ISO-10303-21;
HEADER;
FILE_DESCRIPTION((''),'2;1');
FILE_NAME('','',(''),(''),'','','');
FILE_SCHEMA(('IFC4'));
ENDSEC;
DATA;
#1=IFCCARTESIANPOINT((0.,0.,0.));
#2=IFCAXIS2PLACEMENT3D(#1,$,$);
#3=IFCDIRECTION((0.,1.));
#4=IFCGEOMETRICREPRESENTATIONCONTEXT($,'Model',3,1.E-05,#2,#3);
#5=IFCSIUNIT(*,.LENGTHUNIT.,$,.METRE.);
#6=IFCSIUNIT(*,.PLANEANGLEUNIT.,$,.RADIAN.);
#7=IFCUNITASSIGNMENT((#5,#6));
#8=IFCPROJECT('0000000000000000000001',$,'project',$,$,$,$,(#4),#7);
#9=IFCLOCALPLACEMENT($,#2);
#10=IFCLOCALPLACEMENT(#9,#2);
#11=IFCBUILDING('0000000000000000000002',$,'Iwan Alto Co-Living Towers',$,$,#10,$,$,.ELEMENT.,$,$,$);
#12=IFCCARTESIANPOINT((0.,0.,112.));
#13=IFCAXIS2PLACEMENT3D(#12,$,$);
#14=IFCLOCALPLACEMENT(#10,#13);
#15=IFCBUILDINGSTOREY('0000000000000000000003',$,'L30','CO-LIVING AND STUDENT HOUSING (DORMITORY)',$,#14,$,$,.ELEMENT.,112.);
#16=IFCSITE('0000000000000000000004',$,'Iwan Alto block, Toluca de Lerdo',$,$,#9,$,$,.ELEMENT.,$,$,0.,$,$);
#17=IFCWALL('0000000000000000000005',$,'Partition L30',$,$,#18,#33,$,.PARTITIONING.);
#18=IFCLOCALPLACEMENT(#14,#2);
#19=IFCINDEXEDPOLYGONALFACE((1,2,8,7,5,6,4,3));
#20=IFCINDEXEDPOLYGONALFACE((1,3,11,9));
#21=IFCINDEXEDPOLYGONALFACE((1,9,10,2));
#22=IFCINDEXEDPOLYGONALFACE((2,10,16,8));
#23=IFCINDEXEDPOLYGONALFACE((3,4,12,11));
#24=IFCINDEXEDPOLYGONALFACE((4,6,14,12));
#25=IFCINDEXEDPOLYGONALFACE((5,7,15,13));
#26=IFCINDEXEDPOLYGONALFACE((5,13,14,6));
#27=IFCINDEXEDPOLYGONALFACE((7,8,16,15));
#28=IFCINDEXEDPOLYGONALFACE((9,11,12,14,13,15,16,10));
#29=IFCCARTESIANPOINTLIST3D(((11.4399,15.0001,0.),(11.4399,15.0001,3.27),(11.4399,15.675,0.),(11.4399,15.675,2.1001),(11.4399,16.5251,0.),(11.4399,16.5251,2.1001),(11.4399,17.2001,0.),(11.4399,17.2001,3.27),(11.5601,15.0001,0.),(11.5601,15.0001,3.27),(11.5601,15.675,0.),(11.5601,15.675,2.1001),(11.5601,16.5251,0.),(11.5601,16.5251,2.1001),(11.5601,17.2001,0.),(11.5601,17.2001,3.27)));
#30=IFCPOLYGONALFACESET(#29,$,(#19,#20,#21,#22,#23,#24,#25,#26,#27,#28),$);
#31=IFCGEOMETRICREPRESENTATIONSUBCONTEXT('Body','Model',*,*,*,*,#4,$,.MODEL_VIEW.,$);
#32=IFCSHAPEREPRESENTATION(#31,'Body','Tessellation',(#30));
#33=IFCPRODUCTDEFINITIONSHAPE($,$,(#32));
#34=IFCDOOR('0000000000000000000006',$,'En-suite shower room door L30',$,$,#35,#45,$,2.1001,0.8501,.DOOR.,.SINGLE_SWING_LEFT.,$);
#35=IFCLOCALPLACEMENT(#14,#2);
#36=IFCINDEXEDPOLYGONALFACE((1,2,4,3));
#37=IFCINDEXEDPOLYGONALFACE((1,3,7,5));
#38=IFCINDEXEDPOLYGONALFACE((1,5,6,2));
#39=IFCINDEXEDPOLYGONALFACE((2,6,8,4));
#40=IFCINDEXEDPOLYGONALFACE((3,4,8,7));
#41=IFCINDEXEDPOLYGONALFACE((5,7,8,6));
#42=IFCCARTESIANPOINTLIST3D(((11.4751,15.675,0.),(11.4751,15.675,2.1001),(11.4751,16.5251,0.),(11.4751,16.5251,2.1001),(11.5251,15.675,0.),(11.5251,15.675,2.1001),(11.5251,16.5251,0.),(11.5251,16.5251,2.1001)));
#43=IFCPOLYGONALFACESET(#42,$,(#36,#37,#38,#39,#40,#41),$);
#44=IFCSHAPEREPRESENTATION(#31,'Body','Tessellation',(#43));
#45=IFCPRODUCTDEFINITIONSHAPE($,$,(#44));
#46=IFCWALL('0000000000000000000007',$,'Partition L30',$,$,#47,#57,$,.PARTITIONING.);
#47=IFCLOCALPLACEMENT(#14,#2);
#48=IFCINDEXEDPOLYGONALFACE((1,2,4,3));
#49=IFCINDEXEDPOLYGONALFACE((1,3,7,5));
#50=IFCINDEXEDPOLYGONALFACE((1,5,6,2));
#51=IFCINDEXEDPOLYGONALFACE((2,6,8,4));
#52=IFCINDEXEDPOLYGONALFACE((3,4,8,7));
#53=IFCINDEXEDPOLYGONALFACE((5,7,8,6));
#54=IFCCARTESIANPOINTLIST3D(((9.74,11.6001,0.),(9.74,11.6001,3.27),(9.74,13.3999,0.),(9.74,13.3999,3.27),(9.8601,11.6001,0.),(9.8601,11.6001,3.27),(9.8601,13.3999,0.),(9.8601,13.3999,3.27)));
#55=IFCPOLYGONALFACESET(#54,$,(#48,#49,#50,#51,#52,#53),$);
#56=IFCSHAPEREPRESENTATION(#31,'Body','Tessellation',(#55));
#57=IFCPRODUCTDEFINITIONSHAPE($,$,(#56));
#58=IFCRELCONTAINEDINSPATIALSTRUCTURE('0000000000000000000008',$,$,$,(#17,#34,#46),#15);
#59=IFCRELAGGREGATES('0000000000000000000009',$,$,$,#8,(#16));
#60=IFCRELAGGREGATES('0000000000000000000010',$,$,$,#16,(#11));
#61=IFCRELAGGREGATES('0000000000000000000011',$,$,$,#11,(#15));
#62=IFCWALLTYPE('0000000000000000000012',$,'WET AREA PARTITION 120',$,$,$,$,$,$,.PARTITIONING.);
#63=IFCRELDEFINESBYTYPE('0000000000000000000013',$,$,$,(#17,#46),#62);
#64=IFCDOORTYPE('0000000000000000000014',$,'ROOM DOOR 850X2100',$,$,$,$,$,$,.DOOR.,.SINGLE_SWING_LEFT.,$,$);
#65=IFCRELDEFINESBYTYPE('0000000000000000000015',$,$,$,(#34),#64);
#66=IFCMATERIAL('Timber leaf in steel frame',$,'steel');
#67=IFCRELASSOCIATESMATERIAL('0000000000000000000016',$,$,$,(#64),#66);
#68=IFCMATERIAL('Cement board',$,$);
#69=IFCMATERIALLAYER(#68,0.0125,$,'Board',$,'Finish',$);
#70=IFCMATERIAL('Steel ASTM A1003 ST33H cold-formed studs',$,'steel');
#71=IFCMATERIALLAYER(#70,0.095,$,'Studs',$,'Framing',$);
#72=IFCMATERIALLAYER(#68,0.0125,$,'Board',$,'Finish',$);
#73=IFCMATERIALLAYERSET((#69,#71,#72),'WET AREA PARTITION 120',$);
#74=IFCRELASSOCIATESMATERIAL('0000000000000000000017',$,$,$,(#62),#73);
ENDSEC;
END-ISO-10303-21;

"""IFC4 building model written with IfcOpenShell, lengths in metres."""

from ifc_helpers import new_model, si_unit, direction, frame, frame_2d, origin, place, context, subcontext, project, spatial, rectangle, extrude, material, layer, layer_set, type_object, element, fill, save


model = new_model("IFC4")

# Units and contexts
model_context = context("Model", 3, precision=1e-05, world=origin(), true_north=direction((0.0, 1.0)))
body_context = subcontext(model_context, "Body", "Model", "MODEL_VIEW")
ifc_project = project(units=[si_unit("LENGTHUNIT", "METRE"), si_unit("PLANEANGLEUNIT", "RADIAN")], contexts=[model_context])

# Site, building, storey
site_placement = place(None, origin())
site = spatial("IfcSite", under=ifc_project, at=site_placement, Name="Iwan Alto block, Toluca de Lerdo", CompositionType="ELEMENT", RefElevation=0.0)
building_placement = place(site_placement, origin())
building = spatial("IfcBuilding", under=site, at=building_placement, Name="Iwan Alto Co-Living Towers", CompositionType="ELEMENT")
storey_placement = place(building_placement, frame((0.0, 0.0, 112.0)))
storey = spatial("IfcBuildingStorey", under=building, at=storey_placement, Name="L30", Description="CO-LIVING AND STUDENT HOUSING (DORMITORY)", CompositionType="ELEMENT", Elevation=112.0)

# Shared definitions
ifc_material_1 = material(Name="Steel ASTM A1003 ST33H cold-formed studs", Category="steel")

# Shared definitions
ifc_material_2 = material(Name="Timber leaf in steel frame", Category="steel")
door_type_1 = type_object("IfcDoorType", Name="ROOM DOOR 850X2100", OperationType="SINGLE_SWING_LEFT", PredefinedType="DOOR", material=ifc_material_2)

# Shared definitions
ifc_material_3 = material(Name="Cement board")
ifc_layer_1 = layer(ifc_material_3, 0.0125, Name="Board", Category="Finish")
ifc_layer_2 = layer(ifc_material_1, 0.095, Name="Studs", Category="Framing")
ifc_layer_3 = layer(ifc_material_3, 0.0125, Name="Board", Category="Finish")
ifc_layer_set_1 = layer_set([ifc_layer_1, ifc_layer_2, ifc_layer_3], Name="WET AREA PARTITION 120")
wall_type_1 = type_object("IfcWallType", Name="WET AREA PARTITION 120", PredefinedType="PARTITIONING", material=ifc_layer_set_1)

# Wall, opening, door
wall_1_placement = place(storey_placement, frame((11.5, 15.0, 0.0), z_axis=(0.0, 0.0, 1.0), x_axis=(0.0, 1.0, 0.0)))
wall_1 = element("IfcWall", 1, at=wall_1_placement, inside=storey, type_object=wall_type_1, Name="Partition L30", PredefinedType="PARTITIONING", context=body_context, shape_type="SweptSolid", body=[
    extrude(rectangle(XDim=2.2, YDim=0.1201, at=frame_2d((1.1001, 0.0))), origin(), (0.0, 0.0, 1.0), 3.27),
])
opening_1_placement = place(wall_1_placement, frame((0.675, 0.0, 0.0)))
opening_1 = element("IfcOpeningElement", 2, at=opening_1_placement, cuts=wall_1, PredefinedType="OPENING", context=body_context, shape_type="SweptSolid", body=[
    extrude(rectangle(XDim=0.8501, YDim=2.1001, at=frame_2d((0.425, 1.05))), frame((0.0, 0.0701, 0.0), z_axis=(0.0, -1.0, 0.0), x_axis=(1.0, 0.0, 0.0)), (0.0, 0.0, 1.0), 0.1401),
])
door_1_placement = place(opening_1_placement, origin())
door_1 = element("IfcDoor", 3, at=door_1_placement, inside=storey, type_object=door_type_1, Name="En-suite shower room door L30", OperationType="SINGLE_SWING_LEFT", OverallHeight=2.1001, OverallWidth=0.8501, PredefinedType="DOOR", context=body_context, shape_type="SweptSolid", body=[
    extrude(rectangle(XDim=0.8501, YDim=2.1001, at=frame_2d((0.425, 1.05))), frame((0.0, 0.0249, 0.0), z_axis=(0.0, -1.0, 0.0), x_axis=(1.0, 0.0, 0.0)), (0.0, 0.0, 1.0), 0.05),
])
fill(opening_1, door_1)

# Wall
wall_2_placement = place(storey_placement, frame((9.8, 11.6001, 0.0), z_axis=(0.0, 0.0, 1.0), x_axis=(0.0, 1.0, 0.0)))
element("IfcWall", 4, at=wall_2_placement, inside=storey, type_object=wall_type_1, Name="Partition L30", PredefinedType="PARTITIONING", context=body_context, shape_type="SweptSolid", body=[
    extrude(rectangle(XDim=1.7998, YDim=0.1201, at=frame_2d((0.8999, 0.0))), origin(), (0.0, 0.0, 1.0), 3.27),
])

save(model, "model.ifc")
